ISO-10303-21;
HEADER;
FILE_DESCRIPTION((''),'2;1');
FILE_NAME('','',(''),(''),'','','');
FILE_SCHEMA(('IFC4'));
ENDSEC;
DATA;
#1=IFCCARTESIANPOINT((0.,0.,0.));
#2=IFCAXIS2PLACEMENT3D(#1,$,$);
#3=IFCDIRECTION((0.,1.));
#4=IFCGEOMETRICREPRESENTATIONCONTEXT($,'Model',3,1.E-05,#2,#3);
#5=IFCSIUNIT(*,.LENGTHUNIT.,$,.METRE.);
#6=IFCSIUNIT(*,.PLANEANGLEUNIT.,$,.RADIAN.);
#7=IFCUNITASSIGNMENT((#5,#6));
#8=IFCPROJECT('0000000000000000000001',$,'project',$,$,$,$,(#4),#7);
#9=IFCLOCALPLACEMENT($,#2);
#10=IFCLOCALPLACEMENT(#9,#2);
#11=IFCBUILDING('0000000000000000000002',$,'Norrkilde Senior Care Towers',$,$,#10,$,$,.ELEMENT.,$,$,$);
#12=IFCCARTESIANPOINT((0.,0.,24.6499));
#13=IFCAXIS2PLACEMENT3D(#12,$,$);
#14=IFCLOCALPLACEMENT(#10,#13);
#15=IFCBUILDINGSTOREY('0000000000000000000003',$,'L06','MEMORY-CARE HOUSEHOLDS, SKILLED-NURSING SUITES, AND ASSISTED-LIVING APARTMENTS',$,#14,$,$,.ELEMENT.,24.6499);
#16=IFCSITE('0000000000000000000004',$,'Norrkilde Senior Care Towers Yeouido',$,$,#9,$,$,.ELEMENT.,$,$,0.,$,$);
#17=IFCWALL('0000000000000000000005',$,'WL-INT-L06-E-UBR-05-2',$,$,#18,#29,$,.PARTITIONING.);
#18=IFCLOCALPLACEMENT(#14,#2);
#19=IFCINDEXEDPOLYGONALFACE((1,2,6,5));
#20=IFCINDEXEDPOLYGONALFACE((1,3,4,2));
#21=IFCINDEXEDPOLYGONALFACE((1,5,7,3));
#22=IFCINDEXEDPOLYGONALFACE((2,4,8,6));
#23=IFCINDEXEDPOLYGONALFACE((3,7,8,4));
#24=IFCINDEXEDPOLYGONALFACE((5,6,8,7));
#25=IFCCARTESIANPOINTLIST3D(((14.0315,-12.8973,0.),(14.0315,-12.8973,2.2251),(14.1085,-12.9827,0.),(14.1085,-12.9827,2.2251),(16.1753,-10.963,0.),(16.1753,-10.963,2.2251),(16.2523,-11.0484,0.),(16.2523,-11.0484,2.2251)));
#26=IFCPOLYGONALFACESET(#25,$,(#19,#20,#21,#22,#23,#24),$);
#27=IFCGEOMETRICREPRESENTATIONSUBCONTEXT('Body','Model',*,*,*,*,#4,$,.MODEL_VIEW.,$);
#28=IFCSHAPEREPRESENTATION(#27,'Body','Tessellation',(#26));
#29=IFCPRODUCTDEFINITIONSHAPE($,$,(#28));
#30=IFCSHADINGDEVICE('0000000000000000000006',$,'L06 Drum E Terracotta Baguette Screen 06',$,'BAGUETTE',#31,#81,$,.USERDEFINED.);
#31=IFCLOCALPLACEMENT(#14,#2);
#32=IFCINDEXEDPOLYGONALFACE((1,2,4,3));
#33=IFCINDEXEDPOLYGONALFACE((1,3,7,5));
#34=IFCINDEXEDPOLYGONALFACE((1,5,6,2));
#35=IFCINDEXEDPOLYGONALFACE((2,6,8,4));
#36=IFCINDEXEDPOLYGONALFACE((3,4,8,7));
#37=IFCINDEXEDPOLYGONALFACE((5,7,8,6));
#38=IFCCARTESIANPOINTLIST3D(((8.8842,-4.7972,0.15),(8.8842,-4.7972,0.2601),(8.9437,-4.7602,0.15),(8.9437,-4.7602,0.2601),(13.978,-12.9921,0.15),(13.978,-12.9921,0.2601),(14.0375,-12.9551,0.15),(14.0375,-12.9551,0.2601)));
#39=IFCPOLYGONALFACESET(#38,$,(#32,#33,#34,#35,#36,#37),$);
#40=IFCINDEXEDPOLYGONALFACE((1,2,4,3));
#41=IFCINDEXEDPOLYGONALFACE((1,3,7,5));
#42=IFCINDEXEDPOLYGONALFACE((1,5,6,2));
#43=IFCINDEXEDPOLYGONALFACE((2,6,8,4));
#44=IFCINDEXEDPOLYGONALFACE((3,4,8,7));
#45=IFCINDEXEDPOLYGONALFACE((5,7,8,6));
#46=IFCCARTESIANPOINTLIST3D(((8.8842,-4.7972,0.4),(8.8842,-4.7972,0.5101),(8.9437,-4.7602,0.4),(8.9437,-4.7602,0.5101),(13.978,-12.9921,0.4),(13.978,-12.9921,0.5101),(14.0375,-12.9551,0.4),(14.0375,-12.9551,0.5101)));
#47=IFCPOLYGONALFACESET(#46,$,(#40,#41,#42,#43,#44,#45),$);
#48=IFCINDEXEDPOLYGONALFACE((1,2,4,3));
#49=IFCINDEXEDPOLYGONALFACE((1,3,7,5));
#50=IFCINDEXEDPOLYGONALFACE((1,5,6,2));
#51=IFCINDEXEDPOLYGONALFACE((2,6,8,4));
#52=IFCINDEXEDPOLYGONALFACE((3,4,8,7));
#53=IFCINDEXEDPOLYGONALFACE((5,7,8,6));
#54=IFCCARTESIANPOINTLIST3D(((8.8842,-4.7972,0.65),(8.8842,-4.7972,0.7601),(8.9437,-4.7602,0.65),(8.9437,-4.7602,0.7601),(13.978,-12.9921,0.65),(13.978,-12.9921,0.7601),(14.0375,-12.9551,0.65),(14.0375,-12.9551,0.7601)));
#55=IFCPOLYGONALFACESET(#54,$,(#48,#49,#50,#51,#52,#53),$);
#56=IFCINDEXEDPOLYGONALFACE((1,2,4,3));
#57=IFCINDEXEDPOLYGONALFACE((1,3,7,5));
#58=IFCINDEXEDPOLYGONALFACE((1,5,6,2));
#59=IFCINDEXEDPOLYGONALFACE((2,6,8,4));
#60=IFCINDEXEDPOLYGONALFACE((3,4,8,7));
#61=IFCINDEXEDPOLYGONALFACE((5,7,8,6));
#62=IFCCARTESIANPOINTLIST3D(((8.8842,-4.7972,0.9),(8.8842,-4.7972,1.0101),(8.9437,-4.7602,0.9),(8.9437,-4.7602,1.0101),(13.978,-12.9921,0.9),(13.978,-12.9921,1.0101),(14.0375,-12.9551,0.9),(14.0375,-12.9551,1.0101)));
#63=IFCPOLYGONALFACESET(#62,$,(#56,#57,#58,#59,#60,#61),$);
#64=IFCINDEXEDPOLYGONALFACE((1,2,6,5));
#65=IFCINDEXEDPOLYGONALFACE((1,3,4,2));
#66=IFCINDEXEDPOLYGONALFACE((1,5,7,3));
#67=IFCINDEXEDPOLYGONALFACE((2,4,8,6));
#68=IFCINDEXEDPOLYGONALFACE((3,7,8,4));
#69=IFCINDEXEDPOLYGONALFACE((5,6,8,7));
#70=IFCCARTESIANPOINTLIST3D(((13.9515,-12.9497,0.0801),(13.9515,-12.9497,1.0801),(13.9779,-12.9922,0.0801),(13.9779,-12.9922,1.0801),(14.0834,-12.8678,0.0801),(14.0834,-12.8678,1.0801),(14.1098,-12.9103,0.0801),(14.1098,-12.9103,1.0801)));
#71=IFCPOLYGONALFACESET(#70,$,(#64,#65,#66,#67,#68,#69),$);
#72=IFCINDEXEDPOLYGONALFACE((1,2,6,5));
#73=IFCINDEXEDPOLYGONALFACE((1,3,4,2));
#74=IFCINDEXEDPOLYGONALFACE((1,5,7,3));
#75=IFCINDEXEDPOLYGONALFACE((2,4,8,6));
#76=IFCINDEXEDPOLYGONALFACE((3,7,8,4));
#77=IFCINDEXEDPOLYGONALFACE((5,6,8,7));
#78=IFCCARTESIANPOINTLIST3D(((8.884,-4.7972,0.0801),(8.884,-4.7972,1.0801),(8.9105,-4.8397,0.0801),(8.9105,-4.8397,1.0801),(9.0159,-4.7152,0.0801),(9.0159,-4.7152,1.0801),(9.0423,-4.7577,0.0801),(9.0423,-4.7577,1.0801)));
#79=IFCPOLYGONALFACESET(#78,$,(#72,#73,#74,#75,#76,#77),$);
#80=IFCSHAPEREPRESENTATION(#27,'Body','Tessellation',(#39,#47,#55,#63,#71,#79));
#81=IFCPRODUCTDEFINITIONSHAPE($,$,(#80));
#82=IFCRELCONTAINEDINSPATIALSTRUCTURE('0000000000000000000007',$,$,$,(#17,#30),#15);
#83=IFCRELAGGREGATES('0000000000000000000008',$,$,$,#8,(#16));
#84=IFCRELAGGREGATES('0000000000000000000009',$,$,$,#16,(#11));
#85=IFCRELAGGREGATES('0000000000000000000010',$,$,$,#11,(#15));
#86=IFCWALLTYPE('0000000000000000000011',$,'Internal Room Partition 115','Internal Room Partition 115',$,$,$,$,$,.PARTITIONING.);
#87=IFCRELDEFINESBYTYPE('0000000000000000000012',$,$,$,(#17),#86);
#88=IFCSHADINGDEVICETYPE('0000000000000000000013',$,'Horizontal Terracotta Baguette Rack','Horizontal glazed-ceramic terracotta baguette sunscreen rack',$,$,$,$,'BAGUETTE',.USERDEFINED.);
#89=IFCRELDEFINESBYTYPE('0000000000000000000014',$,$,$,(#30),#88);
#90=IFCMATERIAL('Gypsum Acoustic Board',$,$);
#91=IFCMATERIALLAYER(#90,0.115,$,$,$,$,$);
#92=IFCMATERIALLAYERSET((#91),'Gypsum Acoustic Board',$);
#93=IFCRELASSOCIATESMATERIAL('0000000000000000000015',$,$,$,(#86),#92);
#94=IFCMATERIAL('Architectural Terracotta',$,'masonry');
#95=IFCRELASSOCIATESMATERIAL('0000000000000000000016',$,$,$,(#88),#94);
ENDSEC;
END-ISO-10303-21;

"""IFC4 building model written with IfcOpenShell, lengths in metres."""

from ifc_helpers import new_model, si_unit, direction, frame, frame_2d, origin, origin_2d, place, context, subcontext, project, spatial, rectangle, extrude, source, transform, mapped, material, layer, layer_set, type_object, type_shapes, element, save


model = new_model("IFC4")

# Units and contexts
model_context = context("Model", 3, precision=1e-05, world=origin(), true_north=direction((0.0, 1.0)))
body_context = subcontext(model_context, "Body", "Model", "MODEL_VIEW")
ifc_project = project(units=[si_unit("LENGTHUNIT", "METRE"), si_unit("PLANEANGLEUNIT", "RADIAN")], contexts=[model_context])

# Site, building, storey
site_placement = place(None, origin())
site = spatial("IfcSite", under=ifc_project, at=site_placement, Name="Norrkilde Senior Care Towers Yeouido", CompositionType="ELEMENT", RefElevation=0.0)
building_placement = place(site_placement, origin())
building = spatial("IfcBuilding", under=site, at=building_placement, Name="Norrkilde Senior Care Towers", CompositionType="ELEMENT")
storey_placement = place(building_placement, frame((0.0, 0.0, 24.6499)))
storey = spatial("IfcBuildingStorey", under=building, at=storey_placement, Name="L06", Description="MEMORY-CARE HOUSEHOLDS, SKILLED-NURSING SUITES, AND ASSISTED-LIVING APARTMENTS", CompositionType="ELEMENT", Elevation=24.6499)

# Shared definitions
ifc_material_1 = material(Name="Gypsum Acoustic Board")

# Shared definitions
ifc_layer_1 = layer(ifc_material_1, 0.115)
ifc_layer_set_1 = layer_set([ifc_layer_1], Name="Gypsum Acoustic Board")
wall_type_1 = type_object("IfcWallType", Name="Internal Room Partition 115", Description="Internal Room Partition 115", PredefinedType="PARTITIONING", material=ifc_layer_set_1)

# Wall
shared_shape_1 = source(origin(), body_context, "Body", "SweptSolid", [
    extrude(rectangle(XDim=2.8875, YDim=0.115, at=frame_2d((1.4438, 0.0))), origin(), (0.0, 0.0, 1.0), 2.2251),
])
wall_1_placement = place(storey_placement, frame((16.2139, -11.0056, 0.0), z_axis=(0.0, 0.0, 1.0), x_axis=(-0.742449, -0.669903, 0.0)))
element("IfcWall", 1, at=wall_1_placement, inside=storey, type_object=wall_type_1, Name="WL-INT-L06-E-UBR-05-2", PredefinedType="PARTITIONING", context=body_context, shape_type="MappedRepresentation", body=[
    mapped(shared_shape_1, transform((0.0, 0.0, 0.0), x_axis=(1.0, 0.0, 0.0), y_axis=(0.0, 1.0, 0.0), z_axis=(0.0, 0.0, 1.0), scale=1.0)),
])

# Shading device
ifc_material_2 = material(Name="Architectural Terracotta", Category="masonry")
shading_device_type = type_object("IfcShadingDeviceType", Name="Horizontal Terracotta Baguette Rack", Description="Horizontal glazed-ceramic terracotta baguette sunscreen rack", ElementType="BAGUETTE", PredefinedType="USERDEFINED", material=ifc_material_2)
shared_shape_2 = source(origin(), body_context, "Body", "SweptSolid", [
    extrude(rectangle(XDim=0.0701, YDim=0.1101, at=origin_2d()), frame((0.0, 0.0901, 0.125), z_axis=(1.0, 0.0, 0.0), x_axis=(0.0, 1.0, 0.0)), (0.0, 0.0, 1.0), 9.6489),
    extrude(rectangle(XDim=0.0701, YDim=0.1101, at=origin_2d()), frame((0.0, 0.0901, 0.375), z_axis=(1.0, 0.0, 0.0), x_axis=(0.0, 1.0, 0.0)), (0.0, 0.0, 1.0), 9.6489),
    extrude(rectangle(XDim=0.0701, YDim=0.1101, at=origin_2d()), frame((0.0, 0.0901, 0.625), z_axis=(1.0, 0.0, 0.0), x_axis=(0.0, 1.0, 0.0)), (0.0, 0.0, 1.0), 9.6489),
    extrude(rectangle(XDim=0.0701, YDim=0.1101, at=origin_2d()), frame((0.0, 0.0901, 0.875), z_axis=(1.0, 0.0, 0.0), x_axis=(0.0, 1.0, 0.0)), (0.0, 0.0, 1.0), 9.6489),
    extrude(rectangle(XDim=0.05, YDim=0.1553, at=origin_2d()), frame((0.0249, 0.0476, 0.0)), (0.0, 0.0, 1.0), 1.0),
    extrude(rectangle(XDim=0.05, YDim=0.1553, at=origin_2d()), frame((9.624, 0.0476, 0.0)), (0.0, 0.0, 1.0), 1.0),
])
type_shapes(shading_device_type, [shared_shape_2])
shading_device_placement = place(storey_placement, frame((14.0842, -12.926, 0.0801), z_axis=(0.0, 0.0, 1.0), x_axis=(-0.527909, 0.849299, 0.0)))
element("IfcShadingDevice", 2, at=shading_device_placement, inside=storey, type_object=shading_device_type, Name="L06 Drum E Terracotta Baguette Screen 06", ObjectType="BAGUETTE", PredefinedType="USERDEFINED", context=body_context, shape_type="MappedRepresentation", body=[
    mapped(shared_shape_2, transform((0.0, 0.0, 0.0), x_axis=(1.0, 0.0, 0.0), y_axis=(0.0, 1.0, 0.0), z_axis=(0.0, 0.0, 1.0), scale=1.0)),
])

save(model, "model.ifc")
